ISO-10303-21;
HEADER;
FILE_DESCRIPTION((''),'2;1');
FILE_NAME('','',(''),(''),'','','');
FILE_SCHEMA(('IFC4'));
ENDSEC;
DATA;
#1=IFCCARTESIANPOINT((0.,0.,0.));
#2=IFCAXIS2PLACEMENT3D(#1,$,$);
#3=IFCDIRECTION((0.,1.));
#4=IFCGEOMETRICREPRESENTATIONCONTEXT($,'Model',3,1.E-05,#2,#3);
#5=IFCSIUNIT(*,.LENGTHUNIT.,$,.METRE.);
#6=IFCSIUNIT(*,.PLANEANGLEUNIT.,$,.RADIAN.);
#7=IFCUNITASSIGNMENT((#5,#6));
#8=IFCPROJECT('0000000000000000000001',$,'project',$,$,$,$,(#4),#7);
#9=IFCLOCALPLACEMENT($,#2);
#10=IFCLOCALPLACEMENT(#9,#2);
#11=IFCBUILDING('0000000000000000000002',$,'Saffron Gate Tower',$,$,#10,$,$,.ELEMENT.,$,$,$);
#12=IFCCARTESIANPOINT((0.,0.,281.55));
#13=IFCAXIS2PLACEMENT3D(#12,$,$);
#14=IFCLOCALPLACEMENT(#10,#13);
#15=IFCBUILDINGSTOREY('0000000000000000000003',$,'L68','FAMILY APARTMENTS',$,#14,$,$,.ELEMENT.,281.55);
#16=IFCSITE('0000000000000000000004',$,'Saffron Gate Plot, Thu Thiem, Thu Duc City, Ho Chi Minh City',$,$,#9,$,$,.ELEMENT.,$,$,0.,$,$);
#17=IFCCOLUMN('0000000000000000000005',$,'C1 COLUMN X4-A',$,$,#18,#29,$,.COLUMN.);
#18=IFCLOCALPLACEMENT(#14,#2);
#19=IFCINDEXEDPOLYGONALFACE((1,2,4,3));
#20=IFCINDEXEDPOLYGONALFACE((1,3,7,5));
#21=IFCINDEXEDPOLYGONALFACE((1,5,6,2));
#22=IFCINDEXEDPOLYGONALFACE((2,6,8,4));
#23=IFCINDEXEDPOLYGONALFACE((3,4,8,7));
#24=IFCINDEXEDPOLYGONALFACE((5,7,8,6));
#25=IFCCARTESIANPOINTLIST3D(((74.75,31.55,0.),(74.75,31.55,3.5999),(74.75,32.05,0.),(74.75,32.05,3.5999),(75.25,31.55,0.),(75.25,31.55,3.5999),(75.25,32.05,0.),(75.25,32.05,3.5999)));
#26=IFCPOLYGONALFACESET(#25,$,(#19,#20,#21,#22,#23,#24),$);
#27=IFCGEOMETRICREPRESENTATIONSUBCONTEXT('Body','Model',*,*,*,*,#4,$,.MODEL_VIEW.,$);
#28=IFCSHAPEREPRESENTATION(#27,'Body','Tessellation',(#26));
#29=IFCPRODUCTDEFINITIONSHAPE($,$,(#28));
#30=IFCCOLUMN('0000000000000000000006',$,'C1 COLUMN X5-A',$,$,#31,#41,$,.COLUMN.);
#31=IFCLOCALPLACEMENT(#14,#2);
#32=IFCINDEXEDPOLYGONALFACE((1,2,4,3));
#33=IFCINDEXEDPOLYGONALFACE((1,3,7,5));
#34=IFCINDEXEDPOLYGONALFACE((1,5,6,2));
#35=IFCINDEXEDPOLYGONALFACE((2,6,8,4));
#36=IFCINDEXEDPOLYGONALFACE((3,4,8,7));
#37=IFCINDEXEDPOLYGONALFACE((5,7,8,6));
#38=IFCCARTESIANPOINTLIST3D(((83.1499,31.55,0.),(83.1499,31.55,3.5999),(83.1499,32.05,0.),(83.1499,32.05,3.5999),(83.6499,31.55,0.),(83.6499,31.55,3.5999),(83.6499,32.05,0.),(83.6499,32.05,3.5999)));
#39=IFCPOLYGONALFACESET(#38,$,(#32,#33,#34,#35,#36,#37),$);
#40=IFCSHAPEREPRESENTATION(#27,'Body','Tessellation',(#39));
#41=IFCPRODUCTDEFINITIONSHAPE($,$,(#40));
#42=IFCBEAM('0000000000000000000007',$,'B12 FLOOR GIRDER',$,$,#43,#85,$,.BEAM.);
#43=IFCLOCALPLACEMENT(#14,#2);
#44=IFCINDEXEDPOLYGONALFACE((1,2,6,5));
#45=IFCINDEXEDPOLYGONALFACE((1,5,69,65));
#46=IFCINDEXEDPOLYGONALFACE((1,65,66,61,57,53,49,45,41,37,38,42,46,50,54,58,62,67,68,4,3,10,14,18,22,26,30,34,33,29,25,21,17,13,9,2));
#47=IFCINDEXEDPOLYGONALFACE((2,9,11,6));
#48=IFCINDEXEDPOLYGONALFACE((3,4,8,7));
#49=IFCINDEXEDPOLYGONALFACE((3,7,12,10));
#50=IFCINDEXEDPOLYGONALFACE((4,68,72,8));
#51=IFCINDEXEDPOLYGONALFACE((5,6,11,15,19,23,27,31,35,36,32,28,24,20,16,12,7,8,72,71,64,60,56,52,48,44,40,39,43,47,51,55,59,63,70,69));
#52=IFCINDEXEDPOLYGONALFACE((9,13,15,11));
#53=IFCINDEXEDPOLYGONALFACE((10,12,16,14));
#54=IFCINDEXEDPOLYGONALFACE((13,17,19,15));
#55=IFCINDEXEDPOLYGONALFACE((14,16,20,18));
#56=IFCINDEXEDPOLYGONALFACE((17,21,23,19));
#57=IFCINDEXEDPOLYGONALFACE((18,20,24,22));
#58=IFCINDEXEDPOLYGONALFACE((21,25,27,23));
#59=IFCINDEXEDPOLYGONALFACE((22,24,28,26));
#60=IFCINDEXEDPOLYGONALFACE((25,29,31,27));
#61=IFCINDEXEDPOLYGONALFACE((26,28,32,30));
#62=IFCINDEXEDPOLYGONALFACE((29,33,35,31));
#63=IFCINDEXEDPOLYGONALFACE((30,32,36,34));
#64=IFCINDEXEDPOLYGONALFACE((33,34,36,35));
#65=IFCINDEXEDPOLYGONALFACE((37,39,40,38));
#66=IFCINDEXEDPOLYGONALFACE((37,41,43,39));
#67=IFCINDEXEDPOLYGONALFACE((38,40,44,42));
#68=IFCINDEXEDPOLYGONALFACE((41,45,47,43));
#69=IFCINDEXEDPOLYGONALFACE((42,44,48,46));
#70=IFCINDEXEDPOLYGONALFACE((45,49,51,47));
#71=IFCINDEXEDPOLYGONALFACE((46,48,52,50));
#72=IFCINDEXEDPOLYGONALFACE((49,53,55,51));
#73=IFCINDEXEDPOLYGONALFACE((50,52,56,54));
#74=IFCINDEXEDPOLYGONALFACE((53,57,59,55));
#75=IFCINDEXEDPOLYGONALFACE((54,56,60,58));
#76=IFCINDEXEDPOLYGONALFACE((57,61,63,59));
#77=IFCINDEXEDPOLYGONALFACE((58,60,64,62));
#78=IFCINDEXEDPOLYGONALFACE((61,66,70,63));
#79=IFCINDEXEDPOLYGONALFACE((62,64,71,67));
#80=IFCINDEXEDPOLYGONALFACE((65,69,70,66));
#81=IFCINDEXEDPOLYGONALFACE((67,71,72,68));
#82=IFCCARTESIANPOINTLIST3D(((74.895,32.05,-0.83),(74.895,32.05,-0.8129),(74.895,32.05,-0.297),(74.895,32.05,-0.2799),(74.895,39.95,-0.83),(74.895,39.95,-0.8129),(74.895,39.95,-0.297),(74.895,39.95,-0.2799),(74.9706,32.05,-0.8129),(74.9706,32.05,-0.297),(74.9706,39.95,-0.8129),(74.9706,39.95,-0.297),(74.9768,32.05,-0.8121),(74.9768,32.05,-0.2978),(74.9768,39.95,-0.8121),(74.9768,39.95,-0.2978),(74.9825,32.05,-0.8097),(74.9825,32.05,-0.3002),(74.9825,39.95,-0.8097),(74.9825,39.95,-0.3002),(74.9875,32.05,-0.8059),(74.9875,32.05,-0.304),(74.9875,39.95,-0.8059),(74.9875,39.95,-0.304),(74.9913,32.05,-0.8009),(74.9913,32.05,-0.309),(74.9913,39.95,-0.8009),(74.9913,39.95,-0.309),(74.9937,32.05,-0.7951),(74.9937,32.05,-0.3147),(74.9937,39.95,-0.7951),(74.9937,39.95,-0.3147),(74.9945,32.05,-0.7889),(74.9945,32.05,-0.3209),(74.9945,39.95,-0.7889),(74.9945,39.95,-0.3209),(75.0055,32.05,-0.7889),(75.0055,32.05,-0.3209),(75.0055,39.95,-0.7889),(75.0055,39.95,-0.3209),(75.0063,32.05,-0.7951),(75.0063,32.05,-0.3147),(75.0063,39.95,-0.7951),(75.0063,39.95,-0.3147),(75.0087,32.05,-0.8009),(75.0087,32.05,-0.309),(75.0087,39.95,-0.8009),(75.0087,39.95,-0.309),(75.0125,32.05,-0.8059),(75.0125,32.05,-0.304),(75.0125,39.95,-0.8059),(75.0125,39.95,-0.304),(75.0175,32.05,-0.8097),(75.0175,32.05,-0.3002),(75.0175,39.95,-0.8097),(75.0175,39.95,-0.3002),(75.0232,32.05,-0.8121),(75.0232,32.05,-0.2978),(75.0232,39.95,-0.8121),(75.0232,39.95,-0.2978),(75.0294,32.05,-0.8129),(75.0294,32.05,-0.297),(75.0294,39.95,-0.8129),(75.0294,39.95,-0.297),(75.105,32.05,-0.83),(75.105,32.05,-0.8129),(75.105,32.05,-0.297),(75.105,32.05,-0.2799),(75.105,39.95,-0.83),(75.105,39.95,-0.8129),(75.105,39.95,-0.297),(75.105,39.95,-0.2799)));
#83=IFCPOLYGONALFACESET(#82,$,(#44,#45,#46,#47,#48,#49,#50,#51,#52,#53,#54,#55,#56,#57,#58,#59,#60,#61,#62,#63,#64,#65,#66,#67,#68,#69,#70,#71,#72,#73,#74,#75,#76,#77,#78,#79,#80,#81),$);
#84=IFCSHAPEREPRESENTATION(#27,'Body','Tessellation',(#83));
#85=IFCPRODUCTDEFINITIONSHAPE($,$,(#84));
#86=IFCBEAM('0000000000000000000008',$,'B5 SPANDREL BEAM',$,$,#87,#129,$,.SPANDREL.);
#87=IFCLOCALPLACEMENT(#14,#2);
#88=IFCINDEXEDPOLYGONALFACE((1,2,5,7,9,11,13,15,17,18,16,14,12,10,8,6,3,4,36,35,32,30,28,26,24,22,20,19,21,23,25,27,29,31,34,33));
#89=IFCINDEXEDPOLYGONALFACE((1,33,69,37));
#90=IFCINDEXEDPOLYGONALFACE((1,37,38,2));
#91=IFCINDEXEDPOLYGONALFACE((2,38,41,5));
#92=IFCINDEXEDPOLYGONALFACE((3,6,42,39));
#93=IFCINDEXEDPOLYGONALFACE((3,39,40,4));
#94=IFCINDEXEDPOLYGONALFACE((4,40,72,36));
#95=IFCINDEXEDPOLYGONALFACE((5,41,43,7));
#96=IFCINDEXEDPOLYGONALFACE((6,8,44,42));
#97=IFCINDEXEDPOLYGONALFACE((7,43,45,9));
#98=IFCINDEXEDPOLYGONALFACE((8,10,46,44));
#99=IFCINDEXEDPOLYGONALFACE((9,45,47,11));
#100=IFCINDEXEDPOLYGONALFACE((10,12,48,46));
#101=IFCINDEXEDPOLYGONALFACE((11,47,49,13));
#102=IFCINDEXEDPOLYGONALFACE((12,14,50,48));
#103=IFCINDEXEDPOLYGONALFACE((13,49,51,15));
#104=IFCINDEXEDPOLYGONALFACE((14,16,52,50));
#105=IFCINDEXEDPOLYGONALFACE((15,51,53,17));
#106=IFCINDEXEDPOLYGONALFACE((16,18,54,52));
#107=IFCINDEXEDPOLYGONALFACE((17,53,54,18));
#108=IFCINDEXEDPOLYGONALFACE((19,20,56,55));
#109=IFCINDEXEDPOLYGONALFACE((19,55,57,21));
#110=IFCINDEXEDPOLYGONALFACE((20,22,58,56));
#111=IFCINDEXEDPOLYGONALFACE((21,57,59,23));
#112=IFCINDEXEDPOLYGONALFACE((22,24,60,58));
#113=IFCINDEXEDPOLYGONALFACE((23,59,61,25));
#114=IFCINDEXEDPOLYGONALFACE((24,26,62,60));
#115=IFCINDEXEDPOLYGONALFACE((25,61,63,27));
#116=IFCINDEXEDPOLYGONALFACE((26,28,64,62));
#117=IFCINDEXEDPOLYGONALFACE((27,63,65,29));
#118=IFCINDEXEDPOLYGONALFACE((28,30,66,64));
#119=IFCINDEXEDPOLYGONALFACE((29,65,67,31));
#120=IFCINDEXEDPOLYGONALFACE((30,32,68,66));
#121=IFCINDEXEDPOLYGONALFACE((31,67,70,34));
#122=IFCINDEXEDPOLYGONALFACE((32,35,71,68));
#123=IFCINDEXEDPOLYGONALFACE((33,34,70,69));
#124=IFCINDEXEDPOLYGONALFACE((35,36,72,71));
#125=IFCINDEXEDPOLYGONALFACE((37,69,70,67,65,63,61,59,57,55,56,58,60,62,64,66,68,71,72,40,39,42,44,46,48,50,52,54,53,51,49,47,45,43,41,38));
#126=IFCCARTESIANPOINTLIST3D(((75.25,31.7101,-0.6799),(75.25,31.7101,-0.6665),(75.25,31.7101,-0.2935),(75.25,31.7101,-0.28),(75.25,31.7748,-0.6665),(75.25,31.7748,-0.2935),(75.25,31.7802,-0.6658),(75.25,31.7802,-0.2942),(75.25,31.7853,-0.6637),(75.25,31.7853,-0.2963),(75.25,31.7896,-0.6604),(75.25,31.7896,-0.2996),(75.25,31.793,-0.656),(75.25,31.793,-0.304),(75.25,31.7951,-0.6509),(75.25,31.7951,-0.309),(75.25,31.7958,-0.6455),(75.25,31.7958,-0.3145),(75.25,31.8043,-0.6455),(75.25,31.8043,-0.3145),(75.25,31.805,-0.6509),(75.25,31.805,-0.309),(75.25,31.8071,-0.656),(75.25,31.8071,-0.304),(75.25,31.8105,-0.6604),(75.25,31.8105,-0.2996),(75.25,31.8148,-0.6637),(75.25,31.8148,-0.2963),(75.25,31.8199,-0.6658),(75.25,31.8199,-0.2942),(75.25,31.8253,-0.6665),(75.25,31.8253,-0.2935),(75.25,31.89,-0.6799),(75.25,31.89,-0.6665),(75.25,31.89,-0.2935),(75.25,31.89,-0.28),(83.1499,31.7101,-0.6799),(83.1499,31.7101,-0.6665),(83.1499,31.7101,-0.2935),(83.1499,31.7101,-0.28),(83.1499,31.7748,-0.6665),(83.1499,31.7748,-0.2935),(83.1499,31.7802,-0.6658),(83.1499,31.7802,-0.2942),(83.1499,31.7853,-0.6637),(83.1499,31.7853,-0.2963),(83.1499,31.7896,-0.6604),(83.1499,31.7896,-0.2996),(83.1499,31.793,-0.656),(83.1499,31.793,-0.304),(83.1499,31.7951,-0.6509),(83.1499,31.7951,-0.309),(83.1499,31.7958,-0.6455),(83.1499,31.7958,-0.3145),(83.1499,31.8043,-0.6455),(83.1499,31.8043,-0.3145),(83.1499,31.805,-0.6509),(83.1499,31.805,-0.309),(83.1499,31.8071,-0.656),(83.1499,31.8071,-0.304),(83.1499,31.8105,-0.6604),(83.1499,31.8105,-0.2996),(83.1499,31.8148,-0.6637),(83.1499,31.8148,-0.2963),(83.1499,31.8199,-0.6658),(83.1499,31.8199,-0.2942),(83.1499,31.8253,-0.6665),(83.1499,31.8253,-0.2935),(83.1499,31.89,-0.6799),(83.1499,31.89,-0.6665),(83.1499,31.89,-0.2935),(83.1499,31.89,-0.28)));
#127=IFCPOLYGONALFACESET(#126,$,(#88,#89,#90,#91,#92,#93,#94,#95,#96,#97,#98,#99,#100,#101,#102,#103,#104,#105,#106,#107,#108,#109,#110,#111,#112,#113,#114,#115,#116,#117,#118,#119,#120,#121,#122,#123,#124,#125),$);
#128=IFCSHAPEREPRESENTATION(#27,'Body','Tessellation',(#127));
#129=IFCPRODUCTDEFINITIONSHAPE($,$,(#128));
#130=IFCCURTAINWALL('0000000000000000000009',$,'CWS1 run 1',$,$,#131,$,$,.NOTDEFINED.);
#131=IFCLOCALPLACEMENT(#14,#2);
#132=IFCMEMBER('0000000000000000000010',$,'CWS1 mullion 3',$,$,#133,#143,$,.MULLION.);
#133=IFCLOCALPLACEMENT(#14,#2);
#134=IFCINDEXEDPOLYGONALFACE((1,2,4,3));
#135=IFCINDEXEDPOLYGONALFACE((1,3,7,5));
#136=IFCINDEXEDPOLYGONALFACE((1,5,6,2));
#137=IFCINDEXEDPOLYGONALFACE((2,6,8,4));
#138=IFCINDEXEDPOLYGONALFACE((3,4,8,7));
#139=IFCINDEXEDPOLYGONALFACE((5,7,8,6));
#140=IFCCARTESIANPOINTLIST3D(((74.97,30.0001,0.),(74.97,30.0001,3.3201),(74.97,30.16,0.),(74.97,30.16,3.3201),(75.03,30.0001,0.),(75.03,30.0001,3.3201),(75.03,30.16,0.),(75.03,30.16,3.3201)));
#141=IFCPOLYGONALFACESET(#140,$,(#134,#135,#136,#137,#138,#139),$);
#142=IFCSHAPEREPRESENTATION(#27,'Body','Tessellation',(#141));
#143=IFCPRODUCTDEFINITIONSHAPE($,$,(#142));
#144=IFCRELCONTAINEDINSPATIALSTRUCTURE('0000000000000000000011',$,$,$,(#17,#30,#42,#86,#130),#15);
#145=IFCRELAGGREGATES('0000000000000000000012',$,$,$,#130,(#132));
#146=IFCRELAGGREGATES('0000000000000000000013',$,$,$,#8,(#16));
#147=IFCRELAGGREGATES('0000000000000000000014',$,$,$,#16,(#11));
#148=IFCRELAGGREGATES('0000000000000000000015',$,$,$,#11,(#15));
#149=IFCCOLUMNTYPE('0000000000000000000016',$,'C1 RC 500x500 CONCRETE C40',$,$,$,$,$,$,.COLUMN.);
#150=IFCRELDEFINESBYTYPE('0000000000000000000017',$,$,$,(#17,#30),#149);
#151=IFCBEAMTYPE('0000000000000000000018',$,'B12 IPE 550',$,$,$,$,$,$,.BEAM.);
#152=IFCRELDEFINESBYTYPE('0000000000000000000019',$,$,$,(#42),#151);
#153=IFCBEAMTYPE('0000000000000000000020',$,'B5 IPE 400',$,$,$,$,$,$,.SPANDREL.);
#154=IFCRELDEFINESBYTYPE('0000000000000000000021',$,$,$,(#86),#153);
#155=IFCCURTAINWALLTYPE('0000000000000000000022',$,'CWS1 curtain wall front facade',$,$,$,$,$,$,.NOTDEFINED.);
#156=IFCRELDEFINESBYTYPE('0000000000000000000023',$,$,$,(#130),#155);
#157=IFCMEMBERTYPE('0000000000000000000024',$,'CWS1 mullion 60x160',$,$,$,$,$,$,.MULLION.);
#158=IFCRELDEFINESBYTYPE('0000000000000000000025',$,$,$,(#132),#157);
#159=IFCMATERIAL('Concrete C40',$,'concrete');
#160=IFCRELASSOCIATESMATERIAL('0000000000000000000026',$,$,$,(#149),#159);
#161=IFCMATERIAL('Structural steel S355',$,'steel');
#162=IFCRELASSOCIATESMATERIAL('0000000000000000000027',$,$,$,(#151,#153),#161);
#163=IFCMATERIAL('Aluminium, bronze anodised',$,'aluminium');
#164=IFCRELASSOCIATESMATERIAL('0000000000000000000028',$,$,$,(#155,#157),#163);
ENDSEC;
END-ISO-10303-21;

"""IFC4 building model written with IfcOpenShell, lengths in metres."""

from ifc_helpers import new_model, si_unit, direction, frame, origin, origin_2d, place, context, subcontext, project, spatial, rectangle, i_section, extrude, material, material_profile, profile_set, type_object, element, aggregate, save


model = new_model("IFC4")

# Units and contexts
model_context = context("Model", 3, precision=1e-05, world=origin(), true_north=direction((0.0, 1.0)))
body_context = subcontext(model_context, "Body", "Model", "MODEL_VIEW")
ifc_project = project(units=[si_unit("LENGTHUNIT", "METRE"), si_unit("PLANEANGLEUNIT", "RADIAN")], contexts=[model_context])

# Site, building, storey
site_placement = place(None, origin())
site = spatial("IfcSite", under=ifc_project, at=site_placement, Name="Saffron Gate Plot, Thu Thiem, Thu Duc City, Ho Chi Minh City", CompositionType="ELEMENT", RefElevation=0.0)
building_placement = place(site_placement, origin())
building = spatial("IfcBuilding", under=site, at=building_placement, Name="Saffron Gate Tower", CompositionType="ELEMENT")
storey_placement = place(building_placement, frame((0.0, 0.0, 281.55)))
storey = spatial("IfcBuildingStorey", under=building, at=storey_placement, Name="L68", Description="FAMILY APARTMENTS", CompositionType="ELEMENT", Elevation=281.55)

# Columns
ifc_material_1 = material(Name="Concrete C40", Category="concrete")
ifc_material_profile_1 = material_profile(ifc_material_1, rectangle(XDim=0.5, YDim=0.5, at=origin_2d()))
ifc_profile_set_1 = profile_set([ifc_material_profile_1], Name="Concrete C40")
column_type = type_object("IfcColumnType", Name="C1 RC 500x500 CONCRETE C40", PredefinedType="COLUMN", material=ifc_profile_set_1)
for number, where, z_axis, x_axis, name in (
    (1, (75.0, 31.8, 0.0), (0.0, 0.0, 1.0), (1.0, 0.0, 0.0), "C1 COLUMN X4-A"),
    (2, (83.3999, 31.8, 0.0), (0.0, 0.0, 1.0), (1.0, 0.0, 0.0), "C1 COLUMN X5-A"),
):
    element("IfcColumn", number, at=place(storey_placement, frame(where, z_axis=z_axis, x_axis=x_axis)), inside=storey, type_object=column_type, Name=name, PredefinedType="COLUMN", context=body_context, shape_type="SweptSolid", body=[
        extrude(rectangle(XDim=0.5, YDim=0.5, at=origin_2d()), origin(), (0.0, 0.0, 1.0), 3.5999),
    ])

# Beams
ifc_material_2 = material(Name="Structural steel S355", Category="steel")
ifc_material_profile_2 = material_profile(ifc_material_2, i_section(OverallWidth=0.21, OverallDepth=0.55, WebThickness=0.011, FlangeThickness=0.0171, FilletRadius=0.0239, at=origin_2d()))
ifc_profile_set_2 = profile_set([ifc_material_profile_2], Name="Structural steel S355")
beam_type_1 = type_object("IfcBeamType", Name="B12 IPE 550", PredefinedType="BEAM", material=ifc_profile_set_2)
beam_1_placement = place(storey_placement, frame((75.0, 32.05, -0.5549), z_axis=(0.0, 1.0, 0.0), x_axis=(-1.0, 0.0, 0.0)))
element("IfcBeam", 3, at=beam_1_placement, inside=storey, type_object=beam_type_1, Name="B12 FLOOR GIRDER", PredefinedType="BEAM", context=body_context, shape_type="SweptSolid", body=[
    extrude(i_section(OverallWidth=0.21, OverallDepth=0.55, WebThickness=0.011, FlangeThickness=0.0171, FilletRadius=0.0239, at=origin_2d()), origin(), (0.0, 0.0, 1.0), 7.8999),
])
ifc_material_profile_3 = material_profile(ifc_material_2, i_section(OverallWidth=0.1799, OverallDepth=0.3999, WebThickness=0.0085, FlangeThickness=0.0134, FilletRadius=0.021, at=origin_2d()))
ifc_profile_set_3 = profile_set([ifc_material_profile_3], Name="Structural steel S355")
beam_type_2 = type_object("IfcBeamType", Name="B5 IPE 400", PredefinedType="SPANDREL", material=ifc_profile_set_3)
beam_2_placement = place(storey_placement, frame((75.25, 31.8, -0.48), z_axis=(1.0, 0.0, 0.0), x_axis=(0.0, 1.0, 0.0)))
element("IfcBeam", 4, at=beam_2_placement, inside=storey, type_object=beam_type_2, Name="B5 SPANDREL BEAM", PredefinedType="SPANDREL", context=body_context, shape_type="SweptSolid", body=[
    extrude(i_section(OverallWidth=0.1799, OverallDepth=0.3999, WebThickness=0.0085, FlangeThickness=0.0134, FilletRadius=0.021, at=origin_2d()), origin(), (0.0, 0.0, 1.0), 7.8999),
])

# Curtain wall, member
ifc_material_3 = material(Name="Aluminium, bronze anodised", Category="aluminium")
curtain_wall_type = type_object("IfcCurtainWallType", Name="CWS1 curtain wall front facade", PredefinedType="NOTDEFINED", material=ifc_material_3)
curtain_wall_placement = place(storey_placement, origin())
curtain_wall = element("IfcCurtainWall", 5, at=curtain_wall_placement, inside=storey, type_object=curtain_wall_type, Name="CWS1 run 1", PredefinedType="NOTDEFINED")
ifc_material_profile_4 = material_profile(ifc_material_3, rectangle(XDim=0.1599, YDim=0.0601, at=origin_2d()))
ifc_profile_set_4 = profile_set([ifc_material_profile_4], Name="Aluminium, bronze anodised")
member_type = type_object("IfcMemberType", Name="CWS1 mullion 60x160", PredefinedType="MULLION", material=ifc_profile_set_4)
member_placement = place(storey_placement, frame((75.0, 30.0801, 0.0), z_axis=(0.0, 0.0, 1.0), x_axis=(0.0, 1.0, 0.0)))
member = element("IfcMember", 6, at=member_placement, type_object=member_type, Name="CWS1 mullion 3", PredefinedType="MULLION", context=body_context, shape_type="SweptSolid", body=[
    extrude(rectangle(XDim=0.1599, YDim=0.0601, at=origin_2d()), origin(), (0.0, 0.0, 1.0), 3.3201),
])
aggregate(curtain_wall, [member])

save(model, "model.ifc")
